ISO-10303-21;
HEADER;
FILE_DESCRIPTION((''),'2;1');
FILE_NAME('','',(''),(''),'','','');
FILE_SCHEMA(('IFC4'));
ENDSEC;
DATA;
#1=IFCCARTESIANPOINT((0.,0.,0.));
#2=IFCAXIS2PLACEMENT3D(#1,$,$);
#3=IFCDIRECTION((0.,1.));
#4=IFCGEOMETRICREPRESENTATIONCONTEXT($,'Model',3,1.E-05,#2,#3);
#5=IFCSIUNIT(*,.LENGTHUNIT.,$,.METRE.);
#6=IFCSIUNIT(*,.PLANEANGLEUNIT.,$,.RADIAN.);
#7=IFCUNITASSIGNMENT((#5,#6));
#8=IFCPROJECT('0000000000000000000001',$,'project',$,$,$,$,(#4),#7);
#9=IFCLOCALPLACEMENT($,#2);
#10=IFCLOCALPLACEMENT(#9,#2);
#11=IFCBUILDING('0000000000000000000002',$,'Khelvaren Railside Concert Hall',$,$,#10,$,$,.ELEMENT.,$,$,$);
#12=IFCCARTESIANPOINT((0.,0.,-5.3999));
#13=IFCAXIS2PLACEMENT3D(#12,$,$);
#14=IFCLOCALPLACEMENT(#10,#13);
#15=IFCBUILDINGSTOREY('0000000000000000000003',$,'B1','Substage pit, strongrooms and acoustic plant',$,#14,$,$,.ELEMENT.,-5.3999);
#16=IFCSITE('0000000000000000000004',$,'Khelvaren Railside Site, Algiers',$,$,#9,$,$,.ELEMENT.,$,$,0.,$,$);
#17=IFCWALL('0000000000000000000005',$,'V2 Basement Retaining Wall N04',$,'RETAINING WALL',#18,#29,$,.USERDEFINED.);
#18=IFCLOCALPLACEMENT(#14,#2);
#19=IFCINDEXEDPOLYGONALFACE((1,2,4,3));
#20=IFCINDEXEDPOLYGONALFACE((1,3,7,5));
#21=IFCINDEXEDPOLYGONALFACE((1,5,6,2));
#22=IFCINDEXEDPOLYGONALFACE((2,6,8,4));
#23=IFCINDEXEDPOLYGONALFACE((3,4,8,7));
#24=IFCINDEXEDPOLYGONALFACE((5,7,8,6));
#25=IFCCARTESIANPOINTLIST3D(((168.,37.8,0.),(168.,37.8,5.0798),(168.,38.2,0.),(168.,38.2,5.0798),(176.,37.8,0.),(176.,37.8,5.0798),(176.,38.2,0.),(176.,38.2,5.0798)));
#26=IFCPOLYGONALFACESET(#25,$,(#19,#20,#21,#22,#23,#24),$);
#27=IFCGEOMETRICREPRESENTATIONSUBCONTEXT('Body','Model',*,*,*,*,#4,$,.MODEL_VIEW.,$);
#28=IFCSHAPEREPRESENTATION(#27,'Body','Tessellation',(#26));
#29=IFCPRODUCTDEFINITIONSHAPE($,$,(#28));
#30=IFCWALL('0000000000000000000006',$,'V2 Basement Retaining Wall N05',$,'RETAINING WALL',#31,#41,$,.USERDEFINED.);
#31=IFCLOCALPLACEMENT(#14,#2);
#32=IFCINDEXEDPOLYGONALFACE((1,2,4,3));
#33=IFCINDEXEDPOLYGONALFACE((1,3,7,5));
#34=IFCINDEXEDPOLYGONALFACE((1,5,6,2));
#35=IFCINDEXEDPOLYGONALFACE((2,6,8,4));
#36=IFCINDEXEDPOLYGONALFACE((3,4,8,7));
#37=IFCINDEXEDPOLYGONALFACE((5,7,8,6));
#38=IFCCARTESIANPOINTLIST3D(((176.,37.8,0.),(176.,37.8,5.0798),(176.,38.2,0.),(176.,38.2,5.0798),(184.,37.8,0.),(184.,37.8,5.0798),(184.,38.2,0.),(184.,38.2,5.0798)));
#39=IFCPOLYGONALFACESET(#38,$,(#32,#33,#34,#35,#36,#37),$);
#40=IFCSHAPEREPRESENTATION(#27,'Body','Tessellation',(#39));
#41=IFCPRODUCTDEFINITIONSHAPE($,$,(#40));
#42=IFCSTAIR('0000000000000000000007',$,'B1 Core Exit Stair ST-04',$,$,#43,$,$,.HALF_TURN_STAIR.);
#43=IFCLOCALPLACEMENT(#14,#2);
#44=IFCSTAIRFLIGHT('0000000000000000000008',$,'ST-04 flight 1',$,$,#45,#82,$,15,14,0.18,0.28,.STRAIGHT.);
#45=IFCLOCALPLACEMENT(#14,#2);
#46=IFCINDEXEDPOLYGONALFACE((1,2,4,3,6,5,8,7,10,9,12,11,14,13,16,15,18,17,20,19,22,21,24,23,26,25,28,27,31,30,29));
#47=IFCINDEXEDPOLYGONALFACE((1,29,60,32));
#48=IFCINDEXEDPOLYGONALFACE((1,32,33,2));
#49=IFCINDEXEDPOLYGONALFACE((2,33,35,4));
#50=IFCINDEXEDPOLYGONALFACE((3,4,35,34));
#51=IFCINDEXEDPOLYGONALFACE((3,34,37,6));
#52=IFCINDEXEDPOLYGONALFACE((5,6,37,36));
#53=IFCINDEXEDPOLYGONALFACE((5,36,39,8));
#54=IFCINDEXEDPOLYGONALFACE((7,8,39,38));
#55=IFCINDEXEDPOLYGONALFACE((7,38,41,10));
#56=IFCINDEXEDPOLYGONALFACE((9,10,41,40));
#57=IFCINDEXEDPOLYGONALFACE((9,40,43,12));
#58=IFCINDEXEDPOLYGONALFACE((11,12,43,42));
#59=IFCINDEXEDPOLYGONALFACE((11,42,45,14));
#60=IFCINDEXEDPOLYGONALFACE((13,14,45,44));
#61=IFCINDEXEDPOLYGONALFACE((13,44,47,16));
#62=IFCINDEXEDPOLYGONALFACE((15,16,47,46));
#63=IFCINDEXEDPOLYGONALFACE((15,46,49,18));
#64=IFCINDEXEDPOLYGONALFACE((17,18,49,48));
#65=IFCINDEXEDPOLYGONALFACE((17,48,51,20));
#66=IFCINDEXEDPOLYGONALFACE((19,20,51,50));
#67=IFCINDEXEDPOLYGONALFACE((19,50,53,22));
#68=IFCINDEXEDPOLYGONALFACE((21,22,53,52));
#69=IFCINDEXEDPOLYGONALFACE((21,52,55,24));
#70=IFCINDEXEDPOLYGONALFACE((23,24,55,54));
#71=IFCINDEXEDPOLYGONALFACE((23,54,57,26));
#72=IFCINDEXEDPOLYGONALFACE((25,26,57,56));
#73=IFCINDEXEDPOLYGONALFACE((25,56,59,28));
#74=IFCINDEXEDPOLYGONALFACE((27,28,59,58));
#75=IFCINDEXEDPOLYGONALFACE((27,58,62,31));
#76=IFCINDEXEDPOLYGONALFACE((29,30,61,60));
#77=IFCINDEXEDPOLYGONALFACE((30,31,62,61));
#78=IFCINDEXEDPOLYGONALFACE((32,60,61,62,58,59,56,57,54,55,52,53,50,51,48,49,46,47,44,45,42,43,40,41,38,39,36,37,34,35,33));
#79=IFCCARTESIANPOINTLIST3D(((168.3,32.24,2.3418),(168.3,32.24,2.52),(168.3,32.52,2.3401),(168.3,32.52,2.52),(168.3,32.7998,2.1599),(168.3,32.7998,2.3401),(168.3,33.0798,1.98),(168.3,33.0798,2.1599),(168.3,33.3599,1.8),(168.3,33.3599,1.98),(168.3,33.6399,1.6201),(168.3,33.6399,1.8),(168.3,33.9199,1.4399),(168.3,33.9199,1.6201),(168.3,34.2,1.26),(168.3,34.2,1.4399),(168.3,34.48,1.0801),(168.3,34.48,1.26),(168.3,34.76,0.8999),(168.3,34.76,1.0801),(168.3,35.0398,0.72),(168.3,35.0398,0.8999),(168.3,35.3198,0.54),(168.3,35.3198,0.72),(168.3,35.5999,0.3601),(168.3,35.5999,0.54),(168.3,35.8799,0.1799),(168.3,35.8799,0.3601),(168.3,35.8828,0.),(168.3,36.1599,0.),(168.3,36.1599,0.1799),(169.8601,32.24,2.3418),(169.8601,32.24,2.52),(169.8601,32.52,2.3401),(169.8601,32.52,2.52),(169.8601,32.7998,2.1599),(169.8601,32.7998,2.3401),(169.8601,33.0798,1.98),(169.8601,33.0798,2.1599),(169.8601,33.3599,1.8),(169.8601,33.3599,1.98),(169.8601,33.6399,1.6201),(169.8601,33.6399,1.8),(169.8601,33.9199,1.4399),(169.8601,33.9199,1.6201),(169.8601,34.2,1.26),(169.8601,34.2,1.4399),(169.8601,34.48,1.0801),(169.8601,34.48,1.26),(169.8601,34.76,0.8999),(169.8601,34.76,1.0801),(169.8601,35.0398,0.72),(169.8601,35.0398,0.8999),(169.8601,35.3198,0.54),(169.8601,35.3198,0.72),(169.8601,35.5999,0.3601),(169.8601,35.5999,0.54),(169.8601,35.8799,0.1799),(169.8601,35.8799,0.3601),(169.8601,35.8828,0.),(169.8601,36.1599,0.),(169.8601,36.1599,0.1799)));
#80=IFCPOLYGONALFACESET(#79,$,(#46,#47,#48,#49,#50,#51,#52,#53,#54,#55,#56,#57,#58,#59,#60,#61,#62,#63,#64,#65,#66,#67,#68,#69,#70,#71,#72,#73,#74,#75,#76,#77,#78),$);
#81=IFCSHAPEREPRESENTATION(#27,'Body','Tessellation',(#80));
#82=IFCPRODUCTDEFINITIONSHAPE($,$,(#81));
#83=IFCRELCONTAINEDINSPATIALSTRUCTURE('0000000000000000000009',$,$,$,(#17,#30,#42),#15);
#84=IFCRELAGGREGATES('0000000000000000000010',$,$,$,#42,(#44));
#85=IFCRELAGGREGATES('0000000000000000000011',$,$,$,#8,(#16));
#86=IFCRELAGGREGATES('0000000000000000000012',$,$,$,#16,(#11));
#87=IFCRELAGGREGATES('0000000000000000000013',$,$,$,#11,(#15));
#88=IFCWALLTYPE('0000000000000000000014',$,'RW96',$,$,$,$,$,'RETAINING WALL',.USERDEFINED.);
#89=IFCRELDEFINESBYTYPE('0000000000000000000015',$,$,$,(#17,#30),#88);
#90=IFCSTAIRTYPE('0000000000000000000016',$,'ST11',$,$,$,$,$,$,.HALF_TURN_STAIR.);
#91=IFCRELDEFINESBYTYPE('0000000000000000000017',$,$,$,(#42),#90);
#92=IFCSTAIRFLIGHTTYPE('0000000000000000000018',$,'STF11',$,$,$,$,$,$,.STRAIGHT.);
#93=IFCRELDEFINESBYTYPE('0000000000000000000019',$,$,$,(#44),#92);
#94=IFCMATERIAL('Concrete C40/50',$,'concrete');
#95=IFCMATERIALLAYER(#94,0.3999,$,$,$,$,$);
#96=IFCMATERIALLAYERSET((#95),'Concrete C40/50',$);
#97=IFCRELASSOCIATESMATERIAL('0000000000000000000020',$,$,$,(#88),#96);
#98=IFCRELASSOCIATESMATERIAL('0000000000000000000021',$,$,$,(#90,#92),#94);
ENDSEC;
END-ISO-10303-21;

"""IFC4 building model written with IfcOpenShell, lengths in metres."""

from ifc_helpers import new_model, si_unit, direction, frame, frame_2d, origin, place, context, subcontext, project, spatial, polyline, rectangle, outline, extrude, material, layer, layer_set, type_object, element, aggregate, save


model = new_model("IFC4")

# Units and contexts
model_context = context("Model", 3, precision=1e-05, world=origin(), true_north=direction((0.0, 1.0)))
body_context = subcontext(model_context, "Body", "Model", "MODEL_VIEW")
ifc_project = project(units=[si_unit("LENGTHUNIT", "METRE"), si_unit("PLANEANGLEUNIT", "RADIAN")], contexts=[model_context])

# Site, building, storey
site_placement = place(None, origin())
site = spatial("IfcSite", under=ifc_project, at=site_placement, Name="Khelvaren Railside Site, Algiers", CompositionType="ELEMENT", RefElevation=0.0)
building_placement = place(site_placement, origin())
building = spatial("IfcBuilding", under=site, at=building_placement, Name="Khelvaren Railside Concert Hall", CompositionType="ELEMENT")
storey_placement = place(building_placement, frame((0.0, 0.0, -5.3999)))
storey = spatial("IfcBuildingStorey", under=building, at=storey_placement, Name="B1", Description="Substage pit, strongrooms and acoustic plant", CompositionType="ELEMENT", Elevation=-5.3999)

# Shared definitions
ifc_material_1 = material(Name="Concrete C40/50", Category="concrete")

# Walls
ifc_layer_1 = layer(ifc_material_1, 0.3999)
ifc_layer_set_1 = layer_set([ifc_layer_1], Name="Concrete C40/50")
wall_type_1 = type_object("IfcWallType", Name="RW96", ElementType="RETAINING WALL", PredefinedType="USERDEFINED", material=ifc_layer_set_1)
for number, where, z_axis, x_axis, name in (
    (1, (176.0, 38.0, 0.0), (0.0, 0.0, 1.0), (-1.0, 0.0, 0.0), "V2 Basement Retaining Wall N04"),
    (2, (184.0, 38.0, 0.0), (0.0, 0.0, 1.0), (-1.0, 0.0, 0.0), "V2 Basement Retaining Wall N05"),
):
    element("IfcWall", number, at=place(storey_placement, frame(where, z_axis=z_axis, x_axis=x_axis)), inside=storey, type_object=wall_type_1, Name=name, ObjectType="RETAINING WALL", PredefinedType="USERDEFINED", context=body_context, shape_type="SweptSolid", body=[
        extrude(rectangle(XDim=8.0, YDim=0.3999, at=frame_2d((4.0, 0.0))), origin(), (0.0, 0.0, 1.0), 5.0798),
    ])

# Stair, stair flight
stair_type = type_object("IfcStairType", Name="ST11", PredefinedType="HALF_TURN_STAIR", material=ifc_material_1)
stair_placement = place(storey_placement, origin())
stair = element("IfcStair", 3, at=stair_placement, inside=storey, type_object=stair_type, Name="B1 Core Exit Stair ST-04", PredefinedType="HALF_TURN_STAIR")
stair_flight_type = type_object("IfcStairFlightType", Name="STF11", PredefinedType="STRAIGHT", material=ifc_material_1)
stair_flight_placement = place(storey_placement, frame((169.0801, 36.1599, 0.0), z_axis=(0.0, 0.0, 1.0), x_axis=(0.0, -1.0, 0.0)))
stair_flight = element("IfcStairFlight", 4, at=stair_flight_placement, type_object=stair_flight_type, Name="ST-04 flight 1", NumberOfRisers=15, NumberOfTreads=14, PredefinedType="STRAIGHT", RiserHeight=0.18, TreadLength=0.28, context=body_context, shape_type="SweptSolid", body=[
    extrude(outline(polyline([(0.0, 0.0), (0.0, 0.1799), (0.28, 0.1799), (0.28, 0.3601), (0.5601, 0.3601), (0.5601, 0.54), (0.8401, 0.54), (0.8401, 0.72), (1.1201, 0.72), (1.1201, 0.8999), (1.3999, 0.8999), (1.3999, 1.0801), (1.6799, 1.0801), (1.6799, 1.26), (1.96, 1.26), (1.96, 1.4399), (2.24, 1.4399), (2.24, 1.6201), (2.52, 1.6201), (2.52, 1.8), (2.8, 1.8), (2.8, 1.98), (3.0801, 1.98), (3.0801, 2.1599), (3.3601, 2.1599), (3.3601, 2.3401), (3.6399, 2.3401), (3.6399, 2.52), (3.9199, 2.52), (3.9199, 2.7), (3.9199, 2.3418), (0.2771, 0.0), (0.0, 0.0)])), frame((0.0, 0.78, 0.0), z_axis=(0.0, -1.0, 0.0), x_axis=(1.0, 0.0, 0.0)), (0.0, 0.0, 1.0), 1.5601),
])
aggregate(stair, [stair_flight])

save(model, "model.ifc")
